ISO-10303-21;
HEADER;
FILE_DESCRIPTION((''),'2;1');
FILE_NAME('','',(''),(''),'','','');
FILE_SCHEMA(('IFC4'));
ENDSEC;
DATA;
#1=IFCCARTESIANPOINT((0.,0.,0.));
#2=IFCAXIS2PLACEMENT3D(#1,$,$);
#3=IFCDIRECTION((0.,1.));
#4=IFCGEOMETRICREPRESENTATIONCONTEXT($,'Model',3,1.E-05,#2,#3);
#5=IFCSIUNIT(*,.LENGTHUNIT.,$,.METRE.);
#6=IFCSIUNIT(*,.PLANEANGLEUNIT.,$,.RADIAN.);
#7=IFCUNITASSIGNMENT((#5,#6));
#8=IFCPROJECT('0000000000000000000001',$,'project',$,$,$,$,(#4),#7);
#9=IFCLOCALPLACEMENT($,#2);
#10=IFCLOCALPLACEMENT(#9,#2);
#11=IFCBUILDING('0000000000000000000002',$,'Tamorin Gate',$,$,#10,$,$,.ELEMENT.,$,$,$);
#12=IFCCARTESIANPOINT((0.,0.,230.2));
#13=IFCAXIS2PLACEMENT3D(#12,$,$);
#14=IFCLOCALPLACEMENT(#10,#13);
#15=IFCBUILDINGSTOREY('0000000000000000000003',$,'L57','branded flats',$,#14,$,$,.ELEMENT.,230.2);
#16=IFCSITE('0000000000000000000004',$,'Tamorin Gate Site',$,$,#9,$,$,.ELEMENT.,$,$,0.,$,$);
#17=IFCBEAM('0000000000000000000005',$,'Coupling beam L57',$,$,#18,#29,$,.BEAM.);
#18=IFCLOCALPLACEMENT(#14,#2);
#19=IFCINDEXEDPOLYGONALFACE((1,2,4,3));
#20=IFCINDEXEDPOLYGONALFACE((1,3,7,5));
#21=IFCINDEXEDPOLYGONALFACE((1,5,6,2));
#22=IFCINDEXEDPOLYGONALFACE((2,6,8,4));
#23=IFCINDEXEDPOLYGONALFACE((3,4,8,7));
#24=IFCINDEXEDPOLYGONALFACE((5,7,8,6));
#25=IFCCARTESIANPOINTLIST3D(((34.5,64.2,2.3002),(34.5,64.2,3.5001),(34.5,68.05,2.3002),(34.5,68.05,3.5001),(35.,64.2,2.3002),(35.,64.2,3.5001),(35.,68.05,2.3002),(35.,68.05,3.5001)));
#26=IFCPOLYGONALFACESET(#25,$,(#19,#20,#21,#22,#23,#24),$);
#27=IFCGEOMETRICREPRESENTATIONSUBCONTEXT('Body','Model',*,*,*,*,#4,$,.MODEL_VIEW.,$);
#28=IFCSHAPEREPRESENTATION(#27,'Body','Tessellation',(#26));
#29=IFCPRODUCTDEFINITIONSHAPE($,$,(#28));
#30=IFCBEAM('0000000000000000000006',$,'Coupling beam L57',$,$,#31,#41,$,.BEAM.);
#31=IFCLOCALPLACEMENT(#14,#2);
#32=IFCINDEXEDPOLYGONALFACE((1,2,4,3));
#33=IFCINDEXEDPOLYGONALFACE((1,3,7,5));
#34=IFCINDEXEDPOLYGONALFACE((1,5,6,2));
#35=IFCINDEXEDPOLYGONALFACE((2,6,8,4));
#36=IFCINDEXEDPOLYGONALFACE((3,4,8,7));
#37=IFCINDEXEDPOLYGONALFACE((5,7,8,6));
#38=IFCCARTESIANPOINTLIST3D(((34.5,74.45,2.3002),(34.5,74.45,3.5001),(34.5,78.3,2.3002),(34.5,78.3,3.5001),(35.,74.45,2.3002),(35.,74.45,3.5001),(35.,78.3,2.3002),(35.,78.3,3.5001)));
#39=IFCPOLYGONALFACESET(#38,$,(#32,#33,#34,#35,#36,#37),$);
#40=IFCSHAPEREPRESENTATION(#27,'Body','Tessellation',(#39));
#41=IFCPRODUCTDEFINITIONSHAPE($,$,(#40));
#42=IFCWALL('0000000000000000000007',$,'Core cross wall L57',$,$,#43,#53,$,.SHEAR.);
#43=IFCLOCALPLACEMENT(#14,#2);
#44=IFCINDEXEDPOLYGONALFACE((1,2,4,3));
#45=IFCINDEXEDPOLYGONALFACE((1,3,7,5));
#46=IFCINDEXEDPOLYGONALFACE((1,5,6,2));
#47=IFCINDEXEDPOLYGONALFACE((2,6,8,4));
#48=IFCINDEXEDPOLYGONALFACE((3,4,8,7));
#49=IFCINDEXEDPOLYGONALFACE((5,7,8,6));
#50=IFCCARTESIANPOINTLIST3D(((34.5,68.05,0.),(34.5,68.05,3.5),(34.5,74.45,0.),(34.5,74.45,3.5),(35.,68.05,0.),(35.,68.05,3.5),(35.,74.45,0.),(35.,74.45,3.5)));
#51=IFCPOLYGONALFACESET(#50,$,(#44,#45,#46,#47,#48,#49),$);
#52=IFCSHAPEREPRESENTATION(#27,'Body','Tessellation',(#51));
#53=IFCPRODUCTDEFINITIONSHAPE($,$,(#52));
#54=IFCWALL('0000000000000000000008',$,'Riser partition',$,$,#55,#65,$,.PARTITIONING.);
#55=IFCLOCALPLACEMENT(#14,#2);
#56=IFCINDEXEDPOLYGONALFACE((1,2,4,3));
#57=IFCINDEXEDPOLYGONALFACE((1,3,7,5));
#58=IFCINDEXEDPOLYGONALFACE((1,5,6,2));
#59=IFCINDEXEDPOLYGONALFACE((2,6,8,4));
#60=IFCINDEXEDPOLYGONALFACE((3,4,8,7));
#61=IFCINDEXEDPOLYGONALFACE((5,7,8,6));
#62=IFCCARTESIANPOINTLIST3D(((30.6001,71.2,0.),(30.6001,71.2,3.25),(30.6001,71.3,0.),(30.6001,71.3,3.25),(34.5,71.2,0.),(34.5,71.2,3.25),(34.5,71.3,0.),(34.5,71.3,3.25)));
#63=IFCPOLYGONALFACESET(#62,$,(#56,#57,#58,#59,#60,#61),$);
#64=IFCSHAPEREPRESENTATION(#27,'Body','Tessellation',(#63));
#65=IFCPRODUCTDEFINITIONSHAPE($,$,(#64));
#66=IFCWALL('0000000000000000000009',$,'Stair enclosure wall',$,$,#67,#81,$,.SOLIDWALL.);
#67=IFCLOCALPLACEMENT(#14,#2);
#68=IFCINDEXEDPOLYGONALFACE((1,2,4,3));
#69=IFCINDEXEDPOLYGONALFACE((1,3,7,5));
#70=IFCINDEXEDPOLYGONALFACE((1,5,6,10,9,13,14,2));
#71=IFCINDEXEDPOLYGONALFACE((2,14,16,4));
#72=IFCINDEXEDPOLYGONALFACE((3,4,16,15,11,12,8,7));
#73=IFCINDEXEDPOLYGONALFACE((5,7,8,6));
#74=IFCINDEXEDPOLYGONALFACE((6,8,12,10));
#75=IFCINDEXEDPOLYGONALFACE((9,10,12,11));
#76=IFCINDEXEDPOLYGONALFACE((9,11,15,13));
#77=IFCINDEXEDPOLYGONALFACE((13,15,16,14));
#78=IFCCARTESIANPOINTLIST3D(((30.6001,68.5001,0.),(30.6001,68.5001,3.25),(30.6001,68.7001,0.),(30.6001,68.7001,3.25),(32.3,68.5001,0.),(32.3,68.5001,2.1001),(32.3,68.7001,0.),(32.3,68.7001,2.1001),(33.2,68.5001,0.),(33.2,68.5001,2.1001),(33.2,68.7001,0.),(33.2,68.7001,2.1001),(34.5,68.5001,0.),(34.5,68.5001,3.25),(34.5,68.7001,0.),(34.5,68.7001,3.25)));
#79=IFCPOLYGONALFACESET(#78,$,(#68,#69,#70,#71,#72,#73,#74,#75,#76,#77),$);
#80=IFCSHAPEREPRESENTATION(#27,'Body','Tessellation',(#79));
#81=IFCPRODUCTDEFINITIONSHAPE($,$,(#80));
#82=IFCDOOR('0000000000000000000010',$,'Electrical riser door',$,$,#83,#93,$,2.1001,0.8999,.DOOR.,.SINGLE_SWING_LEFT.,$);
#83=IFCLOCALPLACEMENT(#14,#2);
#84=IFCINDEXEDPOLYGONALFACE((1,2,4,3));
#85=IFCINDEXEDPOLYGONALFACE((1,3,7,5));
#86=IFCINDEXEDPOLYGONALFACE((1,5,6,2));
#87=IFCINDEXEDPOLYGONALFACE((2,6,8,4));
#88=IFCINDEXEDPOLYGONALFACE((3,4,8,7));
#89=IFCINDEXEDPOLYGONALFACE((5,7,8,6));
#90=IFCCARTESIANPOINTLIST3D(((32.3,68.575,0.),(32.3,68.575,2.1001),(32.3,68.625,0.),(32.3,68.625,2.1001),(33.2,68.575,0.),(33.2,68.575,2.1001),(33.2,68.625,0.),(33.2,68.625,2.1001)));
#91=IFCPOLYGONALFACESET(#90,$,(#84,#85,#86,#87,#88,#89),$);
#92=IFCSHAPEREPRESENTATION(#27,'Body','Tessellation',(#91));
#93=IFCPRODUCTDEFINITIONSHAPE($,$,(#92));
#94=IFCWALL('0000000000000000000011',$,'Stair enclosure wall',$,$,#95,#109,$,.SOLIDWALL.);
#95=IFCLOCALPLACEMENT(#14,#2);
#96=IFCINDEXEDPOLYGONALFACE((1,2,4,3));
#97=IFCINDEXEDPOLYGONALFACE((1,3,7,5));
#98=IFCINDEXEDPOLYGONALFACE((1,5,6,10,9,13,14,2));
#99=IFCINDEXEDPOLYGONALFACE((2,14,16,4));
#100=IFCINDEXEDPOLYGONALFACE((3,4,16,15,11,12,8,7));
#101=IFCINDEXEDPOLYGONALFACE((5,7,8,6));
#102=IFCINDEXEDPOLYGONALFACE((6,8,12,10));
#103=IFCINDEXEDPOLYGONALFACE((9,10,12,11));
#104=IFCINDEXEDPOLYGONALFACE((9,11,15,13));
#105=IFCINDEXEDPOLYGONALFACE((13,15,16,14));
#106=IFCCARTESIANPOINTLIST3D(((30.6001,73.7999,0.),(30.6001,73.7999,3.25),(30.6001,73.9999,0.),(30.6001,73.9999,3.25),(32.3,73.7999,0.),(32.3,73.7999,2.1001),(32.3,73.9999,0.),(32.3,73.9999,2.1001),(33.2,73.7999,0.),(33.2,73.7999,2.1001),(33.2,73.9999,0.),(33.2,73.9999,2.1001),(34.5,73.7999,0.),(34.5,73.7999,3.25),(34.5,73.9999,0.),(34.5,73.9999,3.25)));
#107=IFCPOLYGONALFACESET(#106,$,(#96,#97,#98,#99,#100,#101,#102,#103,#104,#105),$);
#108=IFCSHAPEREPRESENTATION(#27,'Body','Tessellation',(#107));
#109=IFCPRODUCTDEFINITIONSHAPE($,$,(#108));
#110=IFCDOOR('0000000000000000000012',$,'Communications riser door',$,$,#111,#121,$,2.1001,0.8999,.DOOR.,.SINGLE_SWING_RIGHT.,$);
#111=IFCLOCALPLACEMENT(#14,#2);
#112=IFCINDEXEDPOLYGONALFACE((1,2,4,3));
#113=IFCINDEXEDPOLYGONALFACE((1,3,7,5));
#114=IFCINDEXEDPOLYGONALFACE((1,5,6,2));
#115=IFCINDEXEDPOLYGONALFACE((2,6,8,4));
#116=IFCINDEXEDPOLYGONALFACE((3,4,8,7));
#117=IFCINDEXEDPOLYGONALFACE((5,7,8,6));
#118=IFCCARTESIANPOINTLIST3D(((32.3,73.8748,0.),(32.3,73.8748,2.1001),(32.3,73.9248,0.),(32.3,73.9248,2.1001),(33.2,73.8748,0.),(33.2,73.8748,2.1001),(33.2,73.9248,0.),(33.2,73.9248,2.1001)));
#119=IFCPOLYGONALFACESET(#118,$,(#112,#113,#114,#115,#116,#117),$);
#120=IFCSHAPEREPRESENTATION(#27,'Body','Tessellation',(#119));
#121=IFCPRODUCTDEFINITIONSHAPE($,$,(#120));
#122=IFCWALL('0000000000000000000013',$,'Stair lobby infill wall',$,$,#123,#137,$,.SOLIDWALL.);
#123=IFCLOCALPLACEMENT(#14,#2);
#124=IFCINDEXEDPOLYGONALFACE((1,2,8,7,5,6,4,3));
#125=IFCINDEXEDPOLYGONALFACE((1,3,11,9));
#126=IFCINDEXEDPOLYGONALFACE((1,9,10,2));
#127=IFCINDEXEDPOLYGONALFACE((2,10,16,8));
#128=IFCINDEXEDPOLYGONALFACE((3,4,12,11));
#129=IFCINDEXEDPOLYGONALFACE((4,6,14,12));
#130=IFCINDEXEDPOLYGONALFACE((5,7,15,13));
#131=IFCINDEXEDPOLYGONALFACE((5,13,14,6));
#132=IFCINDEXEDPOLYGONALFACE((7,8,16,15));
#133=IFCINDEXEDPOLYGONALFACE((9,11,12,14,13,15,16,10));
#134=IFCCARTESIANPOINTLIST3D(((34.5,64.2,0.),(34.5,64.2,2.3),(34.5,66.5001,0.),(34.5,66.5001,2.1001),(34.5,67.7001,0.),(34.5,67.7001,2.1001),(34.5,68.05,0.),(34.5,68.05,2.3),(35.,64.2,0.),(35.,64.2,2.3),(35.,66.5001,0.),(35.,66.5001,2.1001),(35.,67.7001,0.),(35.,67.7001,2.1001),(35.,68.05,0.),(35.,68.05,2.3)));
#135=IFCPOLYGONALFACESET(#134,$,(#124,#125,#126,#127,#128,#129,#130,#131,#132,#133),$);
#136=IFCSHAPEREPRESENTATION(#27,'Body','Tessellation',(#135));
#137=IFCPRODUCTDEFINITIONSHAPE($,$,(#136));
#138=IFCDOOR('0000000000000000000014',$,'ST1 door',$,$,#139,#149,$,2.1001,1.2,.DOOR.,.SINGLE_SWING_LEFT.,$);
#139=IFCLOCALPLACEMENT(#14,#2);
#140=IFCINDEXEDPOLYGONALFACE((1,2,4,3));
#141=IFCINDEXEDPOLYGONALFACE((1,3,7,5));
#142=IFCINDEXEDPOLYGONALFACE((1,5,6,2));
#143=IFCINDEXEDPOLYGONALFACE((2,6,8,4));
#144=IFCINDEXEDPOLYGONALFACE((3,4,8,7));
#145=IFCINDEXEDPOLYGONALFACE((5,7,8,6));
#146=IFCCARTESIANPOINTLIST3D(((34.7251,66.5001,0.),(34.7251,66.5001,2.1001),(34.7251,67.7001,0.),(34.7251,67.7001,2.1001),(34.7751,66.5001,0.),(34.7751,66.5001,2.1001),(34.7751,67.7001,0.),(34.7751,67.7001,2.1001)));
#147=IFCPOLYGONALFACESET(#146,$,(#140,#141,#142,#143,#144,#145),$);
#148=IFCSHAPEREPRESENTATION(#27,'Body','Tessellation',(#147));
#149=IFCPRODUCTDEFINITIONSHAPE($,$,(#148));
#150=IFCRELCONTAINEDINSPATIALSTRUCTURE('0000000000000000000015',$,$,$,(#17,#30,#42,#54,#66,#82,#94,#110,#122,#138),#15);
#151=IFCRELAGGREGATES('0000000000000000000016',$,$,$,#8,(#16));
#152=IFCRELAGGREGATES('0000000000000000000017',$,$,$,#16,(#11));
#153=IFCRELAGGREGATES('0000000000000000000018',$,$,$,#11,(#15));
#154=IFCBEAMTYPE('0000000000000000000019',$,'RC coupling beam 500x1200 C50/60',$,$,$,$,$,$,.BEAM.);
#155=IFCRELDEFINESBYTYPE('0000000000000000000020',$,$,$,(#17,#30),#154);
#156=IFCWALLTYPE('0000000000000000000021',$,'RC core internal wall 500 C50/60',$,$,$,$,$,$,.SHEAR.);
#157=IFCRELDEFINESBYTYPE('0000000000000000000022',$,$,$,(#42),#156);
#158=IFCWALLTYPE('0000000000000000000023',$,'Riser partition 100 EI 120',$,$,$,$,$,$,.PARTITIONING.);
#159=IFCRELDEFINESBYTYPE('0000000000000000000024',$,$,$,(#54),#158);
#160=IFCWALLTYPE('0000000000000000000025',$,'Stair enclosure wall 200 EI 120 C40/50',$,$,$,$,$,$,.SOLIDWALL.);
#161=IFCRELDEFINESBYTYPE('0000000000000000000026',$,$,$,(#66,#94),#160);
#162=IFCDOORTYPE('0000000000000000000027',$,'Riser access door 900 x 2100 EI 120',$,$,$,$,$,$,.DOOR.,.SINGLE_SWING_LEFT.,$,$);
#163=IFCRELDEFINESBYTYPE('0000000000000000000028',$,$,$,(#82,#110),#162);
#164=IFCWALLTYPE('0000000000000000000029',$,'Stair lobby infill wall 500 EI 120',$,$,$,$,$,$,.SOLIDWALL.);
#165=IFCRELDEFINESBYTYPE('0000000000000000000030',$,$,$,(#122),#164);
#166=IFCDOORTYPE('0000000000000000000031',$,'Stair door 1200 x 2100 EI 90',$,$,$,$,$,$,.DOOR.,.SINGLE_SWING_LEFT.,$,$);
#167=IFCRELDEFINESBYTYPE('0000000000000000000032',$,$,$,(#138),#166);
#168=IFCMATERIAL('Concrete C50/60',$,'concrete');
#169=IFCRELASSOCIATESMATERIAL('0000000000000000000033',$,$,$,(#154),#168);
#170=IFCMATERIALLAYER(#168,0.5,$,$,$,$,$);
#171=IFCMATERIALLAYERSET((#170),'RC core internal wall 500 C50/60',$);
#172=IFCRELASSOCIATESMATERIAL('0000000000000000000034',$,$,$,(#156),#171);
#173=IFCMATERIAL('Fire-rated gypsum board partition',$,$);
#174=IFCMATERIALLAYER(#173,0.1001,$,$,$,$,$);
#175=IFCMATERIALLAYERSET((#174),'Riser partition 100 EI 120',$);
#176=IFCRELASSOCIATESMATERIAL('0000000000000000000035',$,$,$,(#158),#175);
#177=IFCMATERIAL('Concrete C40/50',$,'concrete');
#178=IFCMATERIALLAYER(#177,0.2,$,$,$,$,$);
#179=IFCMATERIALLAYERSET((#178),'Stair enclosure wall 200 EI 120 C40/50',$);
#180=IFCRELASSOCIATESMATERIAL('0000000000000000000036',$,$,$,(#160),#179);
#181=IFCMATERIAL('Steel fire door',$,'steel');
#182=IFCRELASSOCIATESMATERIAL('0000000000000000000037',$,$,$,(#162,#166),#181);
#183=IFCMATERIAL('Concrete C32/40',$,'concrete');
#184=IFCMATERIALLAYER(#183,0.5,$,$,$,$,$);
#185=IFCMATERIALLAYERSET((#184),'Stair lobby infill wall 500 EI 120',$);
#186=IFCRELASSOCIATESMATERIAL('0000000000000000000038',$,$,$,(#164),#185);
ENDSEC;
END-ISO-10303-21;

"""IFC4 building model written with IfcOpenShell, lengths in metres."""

from ifc_helpers import new_model, si_unit, direction, frame, frame_2d, origin, origin_2d, place, context, subcontext, project, spatial, rectangle, extrude, material, layer, layer_set, material_profile, profile_set, type_object, element, fill, save


model = new_model("IFC4")

# Units and contexts
model_context = context("Model", 3, precision=1e-05, world=origin(), true_north=direction((0.0, 1.0)))
body_context = subcontext(model_context, "Body", "Model", "MODEL_VIEW")
ifc_project = project(units=[si_unit("LENGTHUNIT", "METRE"), si_unit("PLANEANGLEUNIT", "RADIAN")], contexts=[model_context])

# Site, building, storey
site_placement = place(None, origin())
site = spatial("IfcSite", under=ifc_project, at=site_placement, Name="Tamorin Gate Site", CompositionType="ELEMENT", RefElevation=0.0)
building_placement = place(site_placement, origin())
building = spatial("IfcBuilding", under=site, at=building_placement, Name="Tamorin Gate", CompositionType="ELEMENT")
storey_placement = place(building_placement, frame((0.0, 0.0, 230.2)))
storey = spatial("IfcBuildingStorey", under=building, at=storey_placement, Name="L57", Description="branded flats", CompositionType="ELEMENT", Elevation=230.2)

# Beams
ifc_material_1 = material(Name="Concrete C50/60", Category="concrete")
ifc_material_profile = material_profile(ifc_material_1, rectangle(XDim=0.5, YDim=1.2, at=origin_2d()), Name="RC 500x1200")
ifc_profile_set = profile_set([ifc_material_profile], Name="Concrete C50/60")
beam_type = type_object("IfcBeamType", Name="RC coupling beam 500x1200 C50/60", PredefinedType="BEAM", material=ifc_profile_set)
for number, where, z_axis, x_axis, name in (
    (1, (34.75, 64.2, 2.9001), (0.0, 1.0, 0.0), (-1.0, 0.0, 0.0), "Coupling beam L57"),
    (2, (34.75, 74.45, 2.9001), (0.0, 1.0, 0.0), (-1.0, 0.0, 0.0), "Coupling beam L57"),
):
    element("IfcBeam", number, at=place(storey_placement, frame(where, z_axis=z_axis, x_axis=x_axis)), inside=storey, type_object=beam_type, Name=name, PredefinedType="BEAM", context=body_context, shape_type="SweptSolid", body=[
        extrude(rectangle(XDim=0.5, YDim=1.2, at=origin_2d()), origin(), (0.0, 0.0, 1.0), 3.8501),
    ])

# Walls
ifc_layer_1 = layer(ifc_material_1, 0.5)
ifc_layer_set_1 = layer_set([ifc_layer_1], Name="RC core internal wall 500 C50/60")
wall_type_1 = type_object("IfcWallType", Name="RC core internal wall 500 C50/60", PredefinedType="SHEAR", material=ifc_layer_set_1)
wall_1_placement = place(storey_placement, frame((34.75, 68.05, 0.0), z_axis=(0.0, 0.0, 1.0), x_axis=(0.0, 1.0, 0.0)))
element("IfcWall", 3, at=wall_1_placement, inside=storey, type_object=wall_type_1, Name="Core cross wall L57", PredefinedType="SHEAR", context=body_context, shape_type="SweptSolid", body=[
    extrude(rectangle(XDim=6.3999, YDim=0.5, at=frame_2d((3.2, 0.0))), origin(), (0.0, 0.0, 1.0), 3.5),
])
ifc_material_2 = material(Name="Fire-rated gypsum board partition")
ifc_layer_2 = layer(ifc_material_2, 0.1001)
ifc_layer_set_2 = layer_set([ifc_layer_2], Name="Riser partition 100 EI 120")
wall_type_2 = type_object("IfcWallType", Name="Riser partition 100 EI 120", PredefinedType="PARTITIONING", material=ifc_layer_set_2)
wall_2_placement = place(storey_placement, frame((30.6001, 71.25, 0.0), z_axis=(0.0, 0.0, 1.0), x_axis=(1.0, 0.0, 0.0)))
element("IfcWall", 4, at=wall_2_placement, inside=storey, type_object=wall_type_2, Name="Riser partition", PredefinedType="PARTITIONING", context=body_context, shape_type="SweptSolid", body=[
    extrude(rectangle(XDim=3.8999, YDim=0.1001, at=frame_2d((1.95, 0.0))), origin(), (0.0, 0.0, 1.0), 3.25),
])

# Walls, openings, doors
ifc_material_3 = material(Name="Concrete C40/50", Category="concrete")
ifc_layer_3 = layer(ifc_material_3, 0.2)
ifc_layer_set_3 = layer_set([ifc_layer_3], Name="Stair enclosure wall 200 EI 120 C40/50")
wall_type_3 = type_object("IfcWallType", Name="Stair enclosure wall 200 EI 120 C40/50", PredefinedType="SOLIDWALL", material=ifc_layer_set_3)
wall_3_placement = place(storey_placement, frame((30.6001, 68.6001, 0.0), z_axis=(0.0, 0.0, 1.0), x_axis=(1.0, 0.0, 0.0)))
wall_3 = element("IfcWall", 5, at=wall_3_placement, inside=storey, type_object=wall_type_3, Name="Stair enclosure wall", PredefinedType="SOLIDWALL", context=body_context, shape_type="SweptSolid", body=[
    extrude(rectangle(XDim=3.8999, YDim=0.2, at=frame_2d((1.95, 0.0))), origin(), (0.0, 0.0, 1.0), 3.25),
])
opening_1_placement = place(wall_3_placement, frame((1.7, 0.0, 0.0)))
opening_1 = element("IfcOpeningElement", 6, at=opening_1_placement, cuts=wall_3, PredefinedType="OPENING", context=body_context, shape_type="SweptSolid", body=[
    extrude(rectangle(XDim=0.8999, YDim=2.1001, at=frame_2d((0.45, 1.05))), frame((0.0, 0.1099, 0.0), z_axis=(0.0, -1.0, 0.0), x_axis=(1.0, 0.0, 0.0)), (0.0, 0.0, 1.0), 0.22),
])
ifc_material_4 = material(Name="Steel fire door", Category="steel")
door_type_1 = type_object("IfcDoorType", Name="Riser access door 900 x 2100 EI 120", OperationType="SINGLE_SWING_LEFT", PredefinedType="DOOR", material=ifc_material_4)
door_1_placement = place(opening_1_placement, origin())
door_1 = element("IfcDoor", 7, at=door_1_placement, inside=storey, type_object=door_type_1, Name="Electrical riser door", OperationType="SINGLE_SWING_LEFT", OverallHeight=2.1001, OverallWidth=0.8999, PredefinedType="DOOR", context=body_context, shape_type="SweptSolid", body=[
    extrude(rectangle(XDim=0.8999, YDim=2.1001, at=frame_2d((0.45, 1.05))), frame((0.0, 0.0249, 0.0), z_axis=(0.0, -1.0, 0.0), x_axis=(1.0, 0.0, 0.0)), (0.0, 0.0, 1.0), 0.05),
])
fill(opening_1, door_1)
wall_4_placement = place(storey_placement, frame((30.6001, 73.8999, 0.0), z_axis=(0.0, 0.0, 1.0), x_axis=(1.0, 0.0, 0.0)))
wall_4 = element("IfcWall", 8, at=wall_4_placement, inside=storey, type_object=wall_type_3, Name="Stair enclosure wall", PredefinedType="SOLIDWALL", context=body_context, shape_type="SweptSolid", body=[
    extrude(rectangle(XDim=3.8999, YDim=0.2, at=frame_2d((1.95, 0.0))), origin(), (0.0, 0.0, 1.0), 3.25),
])
opening_2_placement = place(wall_4_placement, frame((1.7, 0.0, 0.0)))
opening_2 = element("IfcOpeningElement", 9, at=opening_2_placement, cuts=wall_4, PredefinedType="OPENING", context=body_context, shape_type="SweptSolid", body=[
    extrude(rectangle(XDim=0.8999, YDim=2.1001, at=frame_2d((0.45, 1.05))), frame((0.0, 0.1099, 0.0), z_axis=(0.0, -1.0, 0.0), x_axis=(1.0, 0.0, 0.0)), (0.0, 0.0, 1.0), 0.22),
])
door_2_placement = place(opening_2_placement, origin())
door_2 = element("IfcDoor", 10, at=door_2_placement, inside=storey, type_object=door_type_1, Name="Communications riser door", OperationType="SINGLE_SWING_RIGHT", OverallHeight=2.1001, OverallWidth=0.8999, PredefinedType="DOOR", context=body_context, shape_type="SweptSolid", body=[
    extrude(rectangle(XDim=0.8999, YDim=2.1001, at=frame_2d((0.45, 1.05))), frame((0.0, 0.0249, 0.0), z_axis=(0.0, -1.0, 0.0), x_axis=(1.0, 0.0, 0.0)), (0.0, 0.0, 1.0), 0.05),
])
fill(opening_2, door_2)
ifc_material_5 = material(Name="Concrete C32/40", Category="concrete")
ifc_layer_4 = layer(ifc_material_5, 0.5)
ifc_layer_set_4 = layer_set([ifc_layer_4], Name="Stair lobby infill wall 500 EI 120")
wall_type_4 = type_object("IfcWallType", Name="Stair lobby infill wall 500 EI 120", PredefinedType="SOLIDWALL", material=ifc_layer_set_4)
wall_5_placement = place(storey_placement, frame((34.75, 64.2, 0.0), z_axis=(0.0, 0.0, 1.0), x_axis=(0.0, 1.0, 0.0)))
wall_5 = element("IfcWall", 11, at=wall_5_placement, inside=storey, type_object=wall_type_4, Name="Stair lobby infill wall", PredefinedType="SOLIDWALL", context=body_context, shape_type="SweptSolid", body=[
    extrude(rectangle(XDim=3.8501, YDim=0.5, at=frame_2d((1.925, 0.0))), origin(), (0.0, 0.0, 1.0), 2.3),
])
opening_3_placement = place(wall_5_placement, frame((2.3, 0.0, 0.0)))
opening_3 = element("IfcOpeningElement", 12, at=opening_3_placement, cuts=wall_5, PredefinedType="OPENING", context=body_context, shape_type="SweptSolid", body=[
    extrude(rectangle(XDim=1.2, YDim=2.1001, at=frame_2d((0.6001, 1.05))), frame((0.0, 0.26, 0.0), z_axis=(0.0, -1.0, 0.0), x_axis=(1.0, 0.0, 0.0)), (0.0, 0.0, 1.0), 0.52),
])
door_type_2 = type_object("IfcDoorType", Name="Stair door 1200 x 2100 EI 90", OperationType="SINGLE_SWING_LEFT", PredefinedType="DOOR", material=ifc_material_4)
door_3_placement = place(opening_3_placement, origin())
door_3 = element("IfcDoor", 13, at=door_3_placement, inside=storey, type_object=door_type_2, Name="ST1 door", OperationType="SINGLE_SWING_LEFT", OverallHeight=2.1001, OverallWidth=1.2, PredefinedType="DOOR", context=body_context, shape_type="SweptSolid", body=[
    extrude(rectangle(XDim=1.2, YDim=2.1001, at=frame_2d((0.6001, 1.05))), frame((0.0, 0.0249, 0.0), z_axis=(0.0, -1.0, 0.0), x_axis=(1.0, 0.0, 0.0)), (0.0, 0.0, 1.0), 0.05),
])
fill(opening_3, door_3)

save(model, "model.ifc")
